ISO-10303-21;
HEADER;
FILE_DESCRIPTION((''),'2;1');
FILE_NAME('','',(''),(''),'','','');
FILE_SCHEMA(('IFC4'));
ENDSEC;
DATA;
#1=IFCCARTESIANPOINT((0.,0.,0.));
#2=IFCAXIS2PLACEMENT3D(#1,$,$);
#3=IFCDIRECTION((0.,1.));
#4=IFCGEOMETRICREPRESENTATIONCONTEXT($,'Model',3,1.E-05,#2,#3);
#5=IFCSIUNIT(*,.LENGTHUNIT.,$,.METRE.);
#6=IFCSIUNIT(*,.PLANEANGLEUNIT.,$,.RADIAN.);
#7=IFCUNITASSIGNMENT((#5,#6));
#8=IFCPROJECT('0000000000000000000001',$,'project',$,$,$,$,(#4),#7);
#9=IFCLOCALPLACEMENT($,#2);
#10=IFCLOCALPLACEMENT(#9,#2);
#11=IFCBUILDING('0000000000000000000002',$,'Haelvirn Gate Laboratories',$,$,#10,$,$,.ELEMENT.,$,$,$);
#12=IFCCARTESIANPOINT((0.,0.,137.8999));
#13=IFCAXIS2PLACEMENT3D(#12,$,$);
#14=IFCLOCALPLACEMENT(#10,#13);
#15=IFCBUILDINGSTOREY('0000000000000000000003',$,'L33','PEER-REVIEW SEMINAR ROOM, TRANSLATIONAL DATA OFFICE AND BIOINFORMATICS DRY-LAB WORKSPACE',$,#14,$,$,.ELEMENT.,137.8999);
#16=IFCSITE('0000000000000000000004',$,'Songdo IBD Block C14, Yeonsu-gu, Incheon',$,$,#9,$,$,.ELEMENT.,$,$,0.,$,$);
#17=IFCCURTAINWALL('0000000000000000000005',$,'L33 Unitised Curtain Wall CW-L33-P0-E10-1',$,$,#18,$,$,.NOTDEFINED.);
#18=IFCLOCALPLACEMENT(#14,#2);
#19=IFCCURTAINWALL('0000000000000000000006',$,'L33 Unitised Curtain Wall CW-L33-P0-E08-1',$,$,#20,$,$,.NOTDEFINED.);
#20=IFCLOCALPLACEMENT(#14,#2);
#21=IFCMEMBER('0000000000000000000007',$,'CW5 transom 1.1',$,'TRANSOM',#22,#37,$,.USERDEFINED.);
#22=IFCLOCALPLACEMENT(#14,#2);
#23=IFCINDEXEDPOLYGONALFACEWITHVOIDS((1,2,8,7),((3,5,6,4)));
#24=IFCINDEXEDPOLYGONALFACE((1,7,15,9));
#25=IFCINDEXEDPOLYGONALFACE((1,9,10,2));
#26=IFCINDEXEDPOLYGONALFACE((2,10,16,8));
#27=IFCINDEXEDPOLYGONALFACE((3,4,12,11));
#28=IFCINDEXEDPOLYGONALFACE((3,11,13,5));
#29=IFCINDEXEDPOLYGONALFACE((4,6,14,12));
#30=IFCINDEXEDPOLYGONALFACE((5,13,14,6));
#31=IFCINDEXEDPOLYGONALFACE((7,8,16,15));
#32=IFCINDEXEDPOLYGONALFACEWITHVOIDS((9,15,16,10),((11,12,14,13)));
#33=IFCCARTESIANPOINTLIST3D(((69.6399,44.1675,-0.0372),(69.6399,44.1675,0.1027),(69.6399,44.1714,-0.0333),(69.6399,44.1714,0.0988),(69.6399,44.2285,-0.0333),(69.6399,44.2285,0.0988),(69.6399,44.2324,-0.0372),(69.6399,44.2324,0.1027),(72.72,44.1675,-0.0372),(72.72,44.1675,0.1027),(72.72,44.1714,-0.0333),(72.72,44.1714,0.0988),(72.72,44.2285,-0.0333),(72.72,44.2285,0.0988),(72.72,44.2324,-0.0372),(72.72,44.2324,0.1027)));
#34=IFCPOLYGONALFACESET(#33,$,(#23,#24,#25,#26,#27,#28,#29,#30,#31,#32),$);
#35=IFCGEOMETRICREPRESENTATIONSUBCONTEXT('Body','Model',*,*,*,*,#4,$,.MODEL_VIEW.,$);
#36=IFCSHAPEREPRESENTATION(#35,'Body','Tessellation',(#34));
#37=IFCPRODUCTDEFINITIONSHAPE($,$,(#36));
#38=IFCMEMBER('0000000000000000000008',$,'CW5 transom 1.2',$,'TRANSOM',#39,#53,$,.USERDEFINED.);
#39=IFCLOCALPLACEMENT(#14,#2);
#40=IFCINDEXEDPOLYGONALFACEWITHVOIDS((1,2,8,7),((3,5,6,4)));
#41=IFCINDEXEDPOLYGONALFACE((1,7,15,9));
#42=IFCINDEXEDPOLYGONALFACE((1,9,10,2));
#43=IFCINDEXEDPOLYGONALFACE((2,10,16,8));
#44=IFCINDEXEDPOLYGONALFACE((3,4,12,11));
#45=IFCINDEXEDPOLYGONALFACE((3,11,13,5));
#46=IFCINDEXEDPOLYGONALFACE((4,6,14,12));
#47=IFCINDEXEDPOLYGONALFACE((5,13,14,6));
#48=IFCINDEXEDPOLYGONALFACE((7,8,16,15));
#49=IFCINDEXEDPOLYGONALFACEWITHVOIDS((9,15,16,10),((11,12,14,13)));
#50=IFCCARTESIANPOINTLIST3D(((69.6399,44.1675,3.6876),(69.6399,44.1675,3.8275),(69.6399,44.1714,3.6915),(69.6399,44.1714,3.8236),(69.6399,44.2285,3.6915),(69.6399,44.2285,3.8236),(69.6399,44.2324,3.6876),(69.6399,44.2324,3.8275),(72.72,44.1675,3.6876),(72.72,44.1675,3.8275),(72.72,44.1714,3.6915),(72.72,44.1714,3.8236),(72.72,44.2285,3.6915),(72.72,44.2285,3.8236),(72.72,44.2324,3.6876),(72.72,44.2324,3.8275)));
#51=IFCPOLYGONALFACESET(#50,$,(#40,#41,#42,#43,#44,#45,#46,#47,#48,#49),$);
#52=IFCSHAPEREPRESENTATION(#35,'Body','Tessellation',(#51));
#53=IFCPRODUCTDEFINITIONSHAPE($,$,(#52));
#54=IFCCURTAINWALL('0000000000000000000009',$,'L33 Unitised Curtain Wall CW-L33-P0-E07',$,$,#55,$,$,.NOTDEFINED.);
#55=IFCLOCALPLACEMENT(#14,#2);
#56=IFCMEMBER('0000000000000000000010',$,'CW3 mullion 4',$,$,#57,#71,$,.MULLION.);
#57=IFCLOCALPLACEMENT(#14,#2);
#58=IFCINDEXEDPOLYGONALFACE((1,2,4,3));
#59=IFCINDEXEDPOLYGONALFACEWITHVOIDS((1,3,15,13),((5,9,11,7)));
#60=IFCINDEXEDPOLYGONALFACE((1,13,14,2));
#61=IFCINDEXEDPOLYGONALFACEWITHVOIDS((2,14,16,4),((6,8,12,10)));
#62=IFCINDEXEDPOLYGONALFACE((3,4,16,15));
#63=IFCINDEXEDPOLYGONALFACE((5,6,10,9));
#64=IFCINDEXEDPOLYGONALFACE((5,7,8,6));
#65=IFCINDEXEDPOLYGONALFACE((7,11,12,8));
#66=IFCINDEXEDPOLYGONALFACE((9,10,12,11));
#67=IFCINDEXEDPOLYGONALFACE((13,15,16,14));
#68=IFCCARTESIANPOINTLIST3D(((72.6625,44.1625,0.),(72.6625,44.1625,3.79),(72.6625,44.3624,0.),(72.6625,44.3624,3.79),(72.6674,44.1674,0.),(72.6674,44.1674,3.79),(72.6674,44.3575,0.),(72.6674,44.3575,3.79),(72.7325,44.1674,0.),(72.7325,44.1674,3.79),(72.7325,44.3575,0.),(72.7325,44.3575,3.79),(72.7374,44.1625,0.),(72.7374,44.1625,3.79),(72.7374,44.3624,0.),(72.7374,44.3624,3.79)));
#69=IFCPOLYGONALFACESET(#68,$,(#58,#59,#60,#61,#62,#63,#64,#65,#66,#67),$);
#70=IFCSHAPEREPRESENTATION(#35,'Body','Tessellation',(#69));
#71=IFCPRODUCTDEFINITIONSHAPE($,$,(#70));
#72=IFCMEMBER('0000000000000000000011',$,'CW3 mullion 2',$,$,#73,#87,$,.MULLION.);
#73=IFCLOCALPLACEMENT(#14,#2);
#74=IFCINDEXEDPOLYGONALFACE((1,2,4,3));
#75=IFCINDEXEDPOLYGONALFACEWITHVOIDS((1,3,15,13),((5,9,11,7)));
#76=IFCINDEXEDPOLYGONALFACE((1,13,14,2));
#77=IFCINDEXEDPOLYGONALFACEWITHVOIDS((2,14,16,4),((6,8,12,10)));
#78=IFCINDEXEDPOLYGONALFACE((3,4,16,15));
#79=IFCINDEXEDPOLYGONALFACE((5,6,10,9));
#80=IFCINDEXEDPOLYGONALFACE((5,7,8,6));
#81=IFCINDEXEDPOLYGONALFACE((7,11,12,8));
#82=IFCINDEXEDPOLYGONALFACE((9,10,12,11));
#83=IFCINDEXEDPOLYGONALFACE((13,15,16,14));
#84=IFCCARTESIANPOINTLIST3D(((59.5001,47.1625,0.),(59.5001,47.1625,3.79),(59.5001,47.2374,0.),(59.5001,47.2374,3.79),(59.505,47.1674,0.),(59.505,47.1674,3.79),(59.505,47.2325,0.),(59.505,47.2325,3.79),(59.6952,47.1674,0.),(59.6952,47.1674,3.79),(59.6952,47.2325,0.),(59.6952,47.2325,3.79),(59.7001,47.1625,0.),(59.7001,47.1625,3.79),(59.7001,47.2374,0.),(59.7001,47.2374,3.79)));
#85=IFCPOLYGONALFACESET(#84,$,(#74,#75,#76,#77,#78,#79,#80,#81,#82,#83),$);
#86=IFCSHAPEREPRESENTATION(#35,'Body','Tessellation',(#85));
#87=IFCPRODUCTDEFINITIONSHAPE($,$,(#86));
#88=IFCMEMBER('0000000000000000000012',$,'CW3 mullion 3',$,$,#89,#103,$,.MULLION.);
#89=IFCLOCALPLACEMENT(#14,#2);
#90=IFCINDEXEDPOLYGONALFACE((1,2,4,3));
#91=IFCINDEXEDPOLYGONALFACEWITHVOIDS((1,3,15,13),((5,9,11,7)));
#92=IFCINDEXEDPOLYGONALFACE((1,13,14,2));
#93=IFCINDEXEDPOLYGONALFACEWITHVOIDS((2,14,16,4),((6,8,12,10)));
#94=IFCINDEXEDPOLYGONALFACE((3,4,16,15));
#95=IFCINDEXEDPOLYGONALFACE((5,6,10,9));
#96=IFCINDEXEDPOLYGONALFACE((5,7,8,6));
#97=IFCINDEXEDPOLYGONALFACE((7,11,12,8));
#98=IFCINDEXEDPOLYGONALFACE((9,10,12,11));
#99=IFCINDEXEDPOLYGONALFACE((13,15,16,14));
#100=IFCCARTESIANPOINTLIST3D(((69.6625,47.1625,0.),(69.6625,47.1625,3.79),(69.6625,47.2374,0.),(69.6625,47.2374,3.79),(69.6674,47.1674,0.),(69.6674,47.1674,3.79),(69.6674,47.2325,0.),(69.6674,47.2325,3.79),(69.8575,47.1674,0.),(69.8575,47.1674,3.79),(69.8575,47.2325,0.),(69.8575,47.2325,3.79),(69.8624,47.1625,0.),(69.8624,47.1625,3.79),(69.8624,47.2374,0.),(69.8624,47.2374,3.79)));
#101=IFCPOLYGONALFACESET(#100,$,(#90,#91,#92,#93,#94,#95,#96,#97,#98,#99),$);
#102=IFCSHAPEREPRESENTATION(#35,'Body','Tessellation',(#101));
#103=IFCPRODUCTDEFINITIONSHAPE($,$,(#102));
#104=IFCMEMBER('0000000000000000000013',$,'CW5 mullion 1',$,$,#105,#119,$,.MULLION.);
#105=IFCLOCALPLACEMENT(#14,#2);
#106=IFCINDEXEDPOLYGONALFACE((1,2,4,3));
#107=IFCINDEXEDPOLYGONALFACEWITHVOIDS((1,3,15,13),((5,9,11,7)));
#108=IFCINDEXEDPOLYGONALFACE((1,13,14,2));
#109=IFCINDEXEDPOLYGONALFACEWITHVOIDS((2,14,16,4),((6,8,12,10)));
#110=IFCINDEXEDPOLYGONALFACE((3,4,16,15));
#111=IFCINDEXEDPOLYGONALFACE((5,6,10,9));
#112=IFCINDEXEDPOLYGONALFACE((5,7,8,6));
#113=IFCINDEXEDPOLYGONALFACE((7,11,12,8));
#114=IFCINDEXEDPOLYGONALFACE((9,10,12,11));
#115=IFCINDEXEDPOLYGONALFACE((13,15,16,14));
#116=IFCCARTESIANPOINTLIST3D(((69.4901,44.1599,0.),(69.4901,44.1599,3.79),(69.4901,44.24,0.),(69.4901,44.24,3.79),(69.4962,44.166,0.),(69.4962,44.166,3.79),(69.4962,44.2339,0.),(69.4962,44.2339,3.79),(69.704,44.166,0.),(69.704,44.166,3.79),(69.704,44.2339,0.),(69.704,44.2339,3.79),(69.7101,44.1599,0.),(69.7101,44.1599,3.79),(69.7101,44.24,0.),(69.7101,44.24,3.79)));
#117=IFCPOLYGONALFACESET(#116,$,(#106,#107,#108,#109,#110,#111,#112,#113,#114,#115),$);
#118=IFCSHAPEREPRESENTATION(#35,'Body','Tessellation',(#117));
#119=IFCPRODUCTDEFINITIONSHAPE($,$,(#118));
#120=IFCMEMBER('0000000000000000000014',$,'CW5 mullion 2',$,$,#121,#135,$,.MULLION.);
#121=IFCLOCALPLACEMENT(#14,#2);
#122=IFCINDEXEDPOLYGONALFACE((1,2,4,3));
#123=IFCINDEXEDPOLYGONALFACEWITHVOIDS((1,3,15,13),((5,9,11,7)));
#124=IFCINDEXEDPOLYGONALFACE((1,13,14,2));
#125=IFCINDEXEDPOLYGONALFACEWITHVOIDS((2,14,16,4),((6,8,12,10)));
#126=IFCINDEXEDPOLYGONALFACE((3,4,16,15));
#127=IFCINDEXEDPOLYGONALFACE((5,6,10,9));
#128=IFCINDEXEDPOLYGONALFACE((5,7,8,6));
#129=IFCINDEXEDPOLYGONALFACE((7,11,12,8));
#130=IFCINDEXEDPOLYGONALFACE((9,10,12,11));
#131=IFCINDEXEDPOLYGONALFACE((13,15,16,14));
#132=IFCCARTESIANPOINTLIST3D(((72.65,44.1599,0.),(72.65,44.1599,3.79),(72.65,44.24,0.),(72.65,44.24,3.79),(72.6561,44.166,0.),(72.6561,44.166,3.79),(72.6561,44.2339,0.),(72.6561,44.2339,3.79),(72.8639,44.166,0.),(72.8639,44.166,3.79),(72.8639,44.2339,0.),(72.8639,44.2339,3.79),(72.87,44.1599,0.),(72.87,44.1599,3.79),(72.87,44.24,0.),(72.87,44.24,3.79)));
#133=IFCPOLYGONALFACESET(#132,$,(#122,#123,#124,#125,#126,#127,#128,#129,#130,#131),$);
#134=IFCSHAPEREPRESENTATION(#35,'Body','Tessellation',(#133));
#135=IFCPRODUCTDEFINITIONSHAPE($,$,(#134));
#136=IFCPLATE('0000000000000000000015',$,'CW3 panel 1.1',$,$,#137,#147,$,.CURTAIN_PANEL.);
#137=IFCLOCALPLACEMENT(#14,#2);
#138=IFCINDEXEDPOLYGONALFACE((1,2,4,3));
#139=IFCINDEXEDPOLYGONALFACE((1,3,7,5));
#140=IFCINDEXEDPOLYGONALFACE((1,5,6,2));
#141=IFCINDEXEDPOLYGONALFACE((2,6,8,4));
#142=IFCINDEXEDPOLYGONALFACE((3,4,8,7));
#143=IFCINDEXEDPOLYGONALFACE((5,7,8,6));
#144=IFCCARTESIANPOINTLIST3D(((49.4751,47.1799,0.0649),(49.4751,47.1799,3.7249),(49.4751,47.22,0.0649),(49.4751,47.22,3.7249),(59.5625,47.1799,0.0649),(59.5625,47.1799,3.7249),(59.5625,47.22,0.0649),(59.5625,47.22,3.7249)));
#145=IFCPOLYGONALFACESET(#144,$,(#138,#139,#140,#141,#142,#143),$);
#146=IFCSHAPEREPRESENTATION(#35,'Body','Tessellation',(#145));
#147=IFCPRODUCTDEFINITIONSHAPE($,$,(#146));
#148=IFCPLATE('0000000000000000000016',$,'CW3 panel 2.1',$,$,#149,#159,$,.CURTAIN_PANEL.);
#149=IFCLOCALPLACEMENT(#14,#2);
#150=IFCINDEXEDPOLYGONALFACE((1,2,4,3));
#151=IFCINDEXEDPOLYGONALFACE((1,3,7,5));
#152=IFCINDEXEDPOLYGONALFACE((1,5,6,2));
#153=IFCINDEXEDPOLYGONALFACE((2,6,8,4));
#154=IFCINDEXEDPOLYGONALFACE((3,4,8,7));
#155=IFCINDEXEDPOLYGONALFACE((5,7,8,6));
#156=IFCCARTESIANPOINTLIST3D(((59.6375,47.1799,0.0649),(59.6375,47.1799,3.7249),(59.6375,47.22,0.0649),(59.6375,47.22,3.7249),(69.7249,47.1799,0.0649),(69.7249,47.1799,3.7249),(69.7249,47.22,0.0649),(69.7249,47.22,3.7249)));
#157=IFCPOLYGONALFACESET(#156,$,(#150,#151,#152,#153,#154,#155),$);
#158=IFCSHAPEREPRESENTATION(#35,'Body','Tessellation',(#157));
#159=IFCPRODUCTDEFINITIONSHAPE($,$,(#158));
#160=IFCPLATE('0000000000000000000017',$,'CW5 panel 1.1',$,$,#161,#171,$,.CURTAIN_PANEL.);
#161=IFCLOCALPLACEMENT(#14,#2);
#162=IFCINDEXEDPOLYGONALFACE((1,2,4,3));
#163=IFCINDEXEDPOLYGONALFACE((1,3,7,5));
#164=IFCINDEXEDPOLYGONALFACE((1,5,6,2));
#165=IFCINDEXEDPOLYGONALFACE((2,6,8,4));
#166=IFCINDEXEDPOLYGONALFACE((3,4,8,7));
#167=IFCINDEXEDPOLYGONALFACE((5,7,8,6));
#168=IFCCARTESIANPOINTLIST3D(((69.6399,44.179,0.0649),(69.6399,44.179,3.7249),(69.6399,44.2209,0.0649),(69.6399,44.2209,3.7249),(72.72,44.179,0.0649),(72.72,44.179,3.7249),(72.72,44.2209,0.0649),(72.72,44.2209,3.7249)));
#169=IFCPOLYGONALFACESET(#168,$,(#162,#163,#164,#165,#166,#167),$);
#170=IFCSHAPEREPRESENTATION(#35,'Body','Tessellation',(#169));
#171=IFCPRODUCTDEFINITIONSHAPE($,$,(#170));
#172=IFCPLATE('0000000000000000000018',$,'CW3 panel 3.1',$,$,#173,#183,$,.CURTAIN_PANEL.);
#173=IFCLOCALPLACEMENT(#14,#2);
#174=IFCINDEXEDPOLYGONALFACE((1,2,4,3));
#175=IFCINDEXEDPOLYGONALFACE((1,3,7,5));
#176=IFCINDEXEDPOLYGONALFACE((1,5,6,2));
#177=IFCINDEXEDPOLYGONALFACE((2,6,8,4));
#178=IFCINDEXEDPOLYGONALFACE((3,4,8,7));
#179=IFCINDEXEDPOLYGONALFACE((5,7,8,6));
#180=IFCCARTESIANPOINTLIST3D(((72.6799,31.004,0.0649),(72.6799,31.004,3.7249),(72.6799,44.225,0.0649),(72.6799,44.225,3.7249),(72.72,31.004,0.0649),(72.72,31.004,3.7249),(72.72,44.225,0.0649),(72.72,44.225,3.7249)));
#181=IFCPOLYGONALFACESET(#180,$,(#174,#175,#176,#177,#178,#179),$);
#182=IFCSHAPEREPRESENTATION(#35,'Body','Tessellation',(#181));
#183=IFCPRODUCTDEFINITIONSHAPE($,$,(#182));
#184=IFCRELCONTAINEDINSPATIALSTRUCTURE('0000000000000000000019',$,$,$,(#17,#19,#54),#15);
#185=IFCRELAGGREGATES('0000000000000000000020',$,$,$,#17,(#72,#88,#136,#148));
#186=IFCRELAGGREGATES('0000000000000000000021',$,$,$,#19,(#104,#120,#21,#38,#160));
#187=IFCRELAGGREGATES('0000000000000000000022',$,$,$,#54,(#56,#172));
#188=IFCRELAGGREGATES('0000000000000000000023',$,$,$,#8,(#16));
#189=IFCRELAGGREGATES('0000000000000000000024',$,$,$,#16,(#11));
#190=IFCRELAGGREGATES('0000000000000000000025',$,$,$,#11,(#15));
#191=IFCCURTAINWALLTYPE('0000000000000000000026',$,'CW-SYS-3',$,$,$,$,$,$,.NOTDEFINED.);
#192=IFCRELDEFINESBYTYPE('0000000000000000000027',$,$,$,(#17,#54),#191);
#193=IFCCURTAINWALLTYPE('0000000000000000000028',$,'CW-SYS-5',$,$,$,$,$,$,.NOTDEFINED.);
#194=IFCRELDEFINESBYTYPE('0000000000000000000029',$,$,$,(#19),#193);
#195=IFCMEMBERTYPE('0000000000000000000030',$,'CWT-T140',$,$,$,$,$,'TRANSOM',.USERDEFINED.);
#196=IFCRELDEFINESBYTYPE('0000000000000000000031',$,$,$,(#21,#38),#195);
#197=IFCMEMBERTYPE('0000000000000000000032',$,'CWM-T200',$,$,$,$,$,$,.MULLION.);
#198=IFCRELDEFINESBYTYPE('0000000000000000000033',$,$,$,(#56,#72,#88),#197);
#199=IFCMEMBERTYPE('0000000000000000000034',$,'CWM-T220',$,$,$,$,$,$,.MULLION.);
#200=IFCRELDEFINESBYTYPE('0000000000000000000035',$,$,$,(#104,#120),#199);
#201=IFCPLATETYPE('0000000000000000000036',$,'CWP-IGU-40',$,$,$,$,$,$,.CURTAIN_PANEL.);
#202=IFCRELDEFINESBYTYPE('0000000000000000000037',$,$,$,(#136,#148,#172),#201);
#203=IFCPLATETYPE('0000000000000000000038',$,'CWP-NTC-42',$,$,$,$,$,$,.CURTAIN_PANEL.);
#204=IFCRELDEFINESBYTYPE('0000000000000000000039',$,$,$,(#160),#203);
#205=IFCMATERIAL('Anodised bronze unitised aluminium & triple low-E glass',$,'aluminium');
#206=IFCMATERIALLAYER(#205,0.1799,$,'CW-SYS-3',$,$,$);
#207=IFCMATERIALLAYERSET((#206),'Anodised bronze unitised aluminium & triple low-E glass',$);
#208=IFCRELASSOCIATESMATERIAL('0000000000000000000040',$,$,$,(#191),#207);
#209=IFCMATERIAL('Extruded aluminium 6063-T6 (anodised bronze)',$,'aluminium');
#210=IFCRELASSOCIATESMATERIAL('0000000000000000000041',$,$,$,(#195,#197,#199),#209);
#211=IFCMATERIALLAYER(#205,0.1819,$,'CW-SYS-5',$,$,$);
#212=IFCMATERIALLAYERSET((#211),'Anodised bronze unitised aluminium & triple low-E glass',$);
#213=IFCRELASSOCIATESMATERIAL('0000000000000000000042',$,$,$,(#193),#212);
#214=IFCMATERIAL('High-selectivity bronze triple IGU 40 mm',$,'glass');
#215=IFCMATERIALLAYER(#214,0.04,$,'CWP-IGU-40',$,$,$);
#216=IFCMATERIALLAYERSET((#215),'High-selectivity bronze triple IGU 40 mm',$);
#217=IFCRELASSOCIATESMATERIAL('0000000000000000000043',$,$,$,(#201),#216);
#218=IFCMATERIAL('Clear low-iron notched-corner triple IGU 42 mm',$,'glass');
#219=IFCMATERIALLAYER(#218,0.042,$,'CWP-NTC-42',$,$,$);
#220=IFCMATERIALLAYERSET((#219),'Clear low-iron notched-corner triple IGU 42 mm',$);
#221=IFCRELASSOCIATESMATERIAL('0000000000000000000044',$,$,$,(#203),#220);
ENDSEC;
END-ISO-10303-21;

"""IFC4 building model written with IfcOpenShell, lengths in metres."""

from ifc_helpers import new_model, si_unit, direction, frame, origin, origin_2d, place, context, subcontext, project, spatial, rectangle, hollow_rectangle, extrude, source, transform, mapped, material, layer, layer_set, material_profile, profile_set, type_object, type_shapes, element, aggregate, save


model = new_model("IFC4")

# Units and contexts
model_context = context("Model", 3, precision=1e-05, world=origin(), true_north=direction((0.0, 1.0)))
body_context = subcontext(model_context, "Body", "Model", "MODEL_VIEW")
ifc_project = project(units=[si_unit("LENGTHUNIT", "METRE"), si_unit("PLANEANGLEUNIT", "RADIAN")], contexts=[model_context])

# Site, building, storey
site_placement = place(None, origin())
site = spatial("IfcSite", under=ifc_project, at=site_placement, Name="Songdo IBD Block C14, Yeonsu-gu, Incheon", CompositionType="ELEMENT", RefElevation=0.0)
building_placement = place(site_placement, origin())
building = spatial("IfcBuilding", under=site, at=building_placement, Name="Haelvirn Gate Laboratories", CompositionType="ELEMENT")
storey_placement = place(building_placement, frame((0.0, 0.0, 137.8999)))
storey = spatial("IfcBuildingStorey", under=building, at=storey_placement, Name="L33", Description="PEER-REVIEW SEMINAR ROOM, TRANSLATIONAL DATA OFFICE AND BIOINFORMATICS DRY-LAB WORKSPACE", CompositionType="ELEMENT", Elevation=137.8999)

# Curtain walls, members
ifc_material_1 = material(Name="Anodised bronze unitised aluminium & triple low-E glass", Category="aluminium")
ifc_layer_1 = layer(ifc_material_1, 0.1799, Name="CW-SYS-3")
ifc_layer_set_1 = layer_set([ifc_layer_1], Name="Anodised bronze unitised aluminium & triple low-E glass")
curtain_wall_type_1 = type_object("IfcCurtainWallType", Name="CW-SYS-3", PredefinedType="NOTDEFINED", material=ifc_layer_set_1)
curtain_wall_1_placement = place(storey_placement, origin())
curtain_wall_1 = element("IfcCurtainWall", 1, at=curtain_wall_1_placement, inside=storey, type_object=curtain_wall_type_1, Name="L33 Unitised Curtain Wall CW-L33-P0-E10-1", PredefinedType="NOTDEFINED")
ifc_material_2 = material(Name="Extruded aluminium 6063-T6 (anodised bronze)", Category="aluminium")
ifc_material_profile_1 = material_profile(ifc_material_2, hollow_rectangle(XDim=0.0649, YDim=0.1399, WallThickness=0.0039, at=origin_2d()), Name="CWT-140x65x4")
ifc_profile_set_1 = profile_set([ifc_material_profile_1], Name="Extruded aluminium 6063-T6 (anodised bronze)")
member_type_1 = type_object("IfcMemberType", Name="CWT-T140", ElementType="TRANSOM", PredefinedType="USERDEFINED", material=ifc_profile_set_1)
ifc_layer_2 = layer(ifc_material_1, 0.1819, Name="CW-SYS-5")
ifc_layer_set_2 = layer_set([ifc_layer_2], Name="Anodised bronze unitised aluminium & triple low-E glass")
curtain_wall_type_2 = type_object("IfcCurtainWallType", Name="CW-SYS-5", PredefinedType="NOTDEFINED", material=ifc_layer_set_2)
curtain_wall_2_placement = place(storey_placement, origin())
curtain_wall_2 = element("IfcCurtainWall", 2, at=curtain_wall_2_placement, inside=storey, type_object=curtain_wall_type_2, Name="L33 Unitised Curtain Wall CW-L33-P0-E08-1", PredefinedType="NOTDEFINED")
shared_shape_1 = source(origin(), body_context, "Body", "SweptSolid", [
    extrude(hollow_rectangle(XDim=0.0649, YDim=0.1399, WallThickness=0.0039, at=origin_2d()), origin(), (0.0, 0.0, 1.0), 3.0801),
])
member_1_placement = place(storey_placement, frame((69.6399, 44.2, 0.0327), z_axis=(1.0, 0.0, 0.0), x_axis=(0.0, 1.0, 0.0)))
member_1 = element("IfcMember", 3, at=member_1_placement, type_object=member_type_1, Name="CW5 transom 1.1", ObjectType="TRANSOM", PredefinedType="USERDEFINED", context=body_context, shape_type="MappedRepresentation", body=[
    mapped(shared_shape_1, transform((0.0, 0.0, 0.0), scale=1.0)),
])
member_2_placement = place(storey_placement, frame((69.6399, 44.2, 3.7576), z_axis=(1.0, 0.0, 0.0), x_axis=(0.0, 1.0, 0.0)))
member_2 = element("IfcMember", 4, at=member_2_placement, type_object=member_type_1, Name="CW5 transom 1.2", ObjectType="TRANSOM", PredefinedType="USERDEFINED", context=body_context, shape_type="MappedRepresentation", body=[
    mapped(shared_shape_1, transform((0.0, 0.0, 0.0), scale=1.0)),
])

# Curtain wall, member
curtain_wall_3_placement = place(storey_placement, origin())
curtain_wall_3 = element("IfcCurtainWall", 5, at=curtain_wall_3_placement, inside=storey, type_object=curtain_wall_type_1, Name="L33 Unitised Curtain Wall CW-L33-P0-E07", PredefinedType="NOTDEFINED")
ifc_material_profile_2 = material_profile(ifc_material_2, hollow_rectangle(XDim=0.075, YDim=0.2, WallThickness=0.0049, at=origin_2d()), Name="CWM-200x75x5")
ifc_profile_set_2 = profile_set([ifc_material_profile_2], Name="Extruded aluminium 6063-T6 (anodised bronze)")
member_type_2 = type_object("IfcMemberType", Name="CWM-T200", PredefinedType="MULLION", material=ifc_profile_set_2)
shared_shape_2 = source(origin(), body_context, "Body", "SweptSolid", [
    extrude(hollow_rectangle(XDim=0.075, YDim=0.2, WallThickness=0.0049, at=origin_2d()), origin(), (0.0, 0.0, 1.0), 3.79),
])
type_shapes(member_type_2, [shared_shape_2])
member_3_placement = place(storey_placement, frame((72.7, 44.2625, 0.0), z_axis=(0.0, 0.0, 1.0), x_axis=(-1.0, 0.0, 0.0)))
member_3 = element("IfcMember", 6, at=member_3_placement, type_object=member_type_2, Name="CW3 mullion 4", PredefinedType="MULLION", context=body_context, shape_type="MappedRepresentation", body=[
    mapped(shared_shape_2, transform((0.0, 0.0, 0.0), scale=1.0)),
])

# Members
member_4_placement = place(storey_placement, frame((59.6001, 47.2, 0.0), z_axis=(0.0, 0.0, 1.0), x_axis=(0.0, 1.0, 0.0)))
member_4 = element("IfcMember", 7, at=member_4_placement, type_object=member_type_2, Name="CW3 mullion 2", PredefinedType="MULLION", context=body_context, shape_type="MappedRepresentation", body=[
    mapped(shared_shape_2, transform((0.0, 0.0, 0.0), scale=1.0)),
])
member_5_placement = place(storey_placement, frame((69.7625, 47.2, 0.0), z_axis=(0.0, 0.0, 1.0), x_axis=(0.0, 1.0, 0.0)))
member_5 = element("IfcMember", 8, at=member_5_placement, type_object=member_type_2, Name="CW3 mullion 3", PredefinedType="MULLION", context=body_context, shape_type="MappedRepresentation", body=[
    mapped(shared_shape_2, transform((0.0, 0.0, 0.0), scale=1.0)),
])
ifc_material_profile_3 = material_profile(ifc_material_2, hollow_rectangle(XDim=0.0801, YDim=0.22, WallThickness=0.0061, at=origin_2d()), Name="CWM-220x80x6")
ifc_profile_set_3 = profile_set([ifc_material_profile_3], Name="Extruded aluminium 6063-T6 (anodised bronze)")
member_type_3 = type_object("IfcMemberType", Name="CWM-T220", PredefinedType="MULLION", material=ifc_profile_set_3)
shared_shape_3 = source(origin(), body_context, "Body", "SweptSolid", [
    extrude(hollow_rectangle(XDim=0.0801, YDim=0.22, WallThickness=0.0061, at=origin_2d()), origin(), (0.0, 0.0, 1.0), 3.79),
])
type_shapes(member_type_3, [shared_shape_3])
member_6_placement = place(storey_placement, frame((69.6001, 44.2, 0.0), z_axis=(0.0, 0.0, 1.0), x_axis=(0.0, 1.0, 0.0)))
member_6 = element("IfcMember", 9, at=member_6_placement, type_object=member_type_3, Name="CW5 mullion 1", PredefinedType="MULLION", context=body_context, shape_type="MappedRepresentation", body=[
    mapped(shared_shape_3, transform((0.0, 0.0, 0.0), scale=1.0)),
])
member_7_placement = place(storey_placement, frame((72.76, 44.2, 0.0), z_axis=(0.0, 0.0, 1.0), x_axis=(0.0, 1.0, 0.0)))
member_7 = element("IfcMember", 10, at=member_7_placement, type_object=member_type_3, Name="CW5 mullion 2", PredefinedType="MULLION", context=body_context, shape_type="MappedRepresentation", body=[
    mapped(shared_shape_3, transform((0.0, 0.0, 0.0), scale=1.0)),
])

# Plates
ifc_material_3 = material(Name="High-selectivity bronze triple IGU 40 mm", Category="glass")
ifc_layer_3 = layer(ifc_material_3, 0.04, Name="CWP-IGU-40")
ifc_layer_set_3 = layer_set([ifc_layer_3], Name="High-selectivity bronze triple IGU 40 mm")
plate_type_1 = type_object("IfcPlateType", Name="CWP-IGU-40", PredefinedType="CURTAIN_PANEL", material=ifc_layer_set_3)
shared_shape_4 = source(origin(), body_context, "Body", "SweptSolid", [
    extrude(rectangle(XDim=10.0874, YDim=0.04, at=origin_2d()), origin(), (0.0, 0.0, 1.0), 3.6599),
])
plate_1_placement = place(storey_placement, frame((54.5188, 47.2, 0.0649), z_axis=(0.0, 0.0, 1.0), x_axis=(1.0, 0.0, 0.0)))
plate_1 = element("IfcPlate", 11, at=plate_1_placement, type_object=plate_type_1, Name="CW3 panel 1.1", PredefinedType="CURTAIN_PANEL", context=body_context, shape_type="MappedRepresentation", body=[
    mapped(shared_shape_4, transform((0.0, 0.0, 0.0), scale=1.0)),
])
plate_2_placement = place(storey_placement, frame((64.6812, 47.2, 0.0649), z_axis=(0.0, 0.0, 1.0), x_axis=(1.0, 0.0, 0.0)))
plate_2 = element("IfcPlate", 12, at=plate_2_placement, type_object=plate_type_1, Name="CW3 panel 2.1", PredefinedType="CURTAIN_PANEL", context=body_context, shape_type="MappedRepresentation", body=[
    mapped(shared_shape_4, transform((0.0, 0.0, 0.0), scale=1.0)),
])
aggregate(curtain_wall_1, [member_4, member_5, plate_1, plate_2])
ifc_material_4 = material(Name="Clear low-iron notched-corner triple IGU 42 mm", Category="glass")
ifc_layer_4 = layer(ifc_material_4, 0.042, Name="CWP-NTC-42")
ifc_layer_set_4 = layer_set([ifc_layer_4], Name="Clear low-iron notched-corner triple IGU 42 mm")
plate_type_2 = type_object("IfcPlateType", Name="CWP-NTC-42", PredefinedType="CURTAIN_PANEL", material=ifc_layer_set_4)
shared_shape_5 = source(origin(), body_context, "Body", "SweptSolid", [
    extrude(rectangle(XDim=3.0801, YDim=0.042, at=origin_2d()), origin(), (0.0, 0.0, 1.0), 3.6599),
])
type_shapes(plate_type_2, [shared_shape_5])
plate_3_placement = place(storey_placement, frame((71.1799, 44.2, 0.0649), z_axis=(0.0, 0.0, 1.0), x_axis=(1.0, 0.0, 0.0)))
plate_3 = element("IfcPlate", 13, at=plate_3_placement, type_object=plate_type_2, Name="CW5 panel 1.1", PredefinedType="CURTAIN_PANEL", context=body_context, shape_type="MappedRepresentation", body=[
    mapped(shared_shape_5, transform((0.0, 0.0, 0.0), scale=1.0)),
])
aggregate(curtain_wall_2, [member_6, member_7, member_1, member_2, plate_3])
shared_shape_6 = source(origin(), body_context, "Body", "SweptSolid", [
    extrude(rectangle(XDim=13.2209, YDim=0.04, at=origin_2d()), origin(), (0.0, 0.0, 1.0), 3.6599),
])
type_shapes(plate_type_1, [shared_shape_4, shared_shape_6])
plate_4_placement = place(storey_placement, frame((72.7, 37.6145, 0.0649), z_axis=(0.0, 0.0, 1.0), x_axis=(0.0, 1.0, 0.0)))
plate_4 = element("IfcPlate", 14, at=plate_4_placement, type_object=plate_type_1, Name="CW3 panel 3.1", PredefinedType="CURTAIN_PANEL", context=body_context, shape_type="MappedRepresentation", body=[
    mapped(shared_shape_6, transform((0.0, 0.0, 0.0), scale=1.0)),
])
aggregate(curtain_wall_3, [member_3, plate_4])

save(model, "model.ifc")
